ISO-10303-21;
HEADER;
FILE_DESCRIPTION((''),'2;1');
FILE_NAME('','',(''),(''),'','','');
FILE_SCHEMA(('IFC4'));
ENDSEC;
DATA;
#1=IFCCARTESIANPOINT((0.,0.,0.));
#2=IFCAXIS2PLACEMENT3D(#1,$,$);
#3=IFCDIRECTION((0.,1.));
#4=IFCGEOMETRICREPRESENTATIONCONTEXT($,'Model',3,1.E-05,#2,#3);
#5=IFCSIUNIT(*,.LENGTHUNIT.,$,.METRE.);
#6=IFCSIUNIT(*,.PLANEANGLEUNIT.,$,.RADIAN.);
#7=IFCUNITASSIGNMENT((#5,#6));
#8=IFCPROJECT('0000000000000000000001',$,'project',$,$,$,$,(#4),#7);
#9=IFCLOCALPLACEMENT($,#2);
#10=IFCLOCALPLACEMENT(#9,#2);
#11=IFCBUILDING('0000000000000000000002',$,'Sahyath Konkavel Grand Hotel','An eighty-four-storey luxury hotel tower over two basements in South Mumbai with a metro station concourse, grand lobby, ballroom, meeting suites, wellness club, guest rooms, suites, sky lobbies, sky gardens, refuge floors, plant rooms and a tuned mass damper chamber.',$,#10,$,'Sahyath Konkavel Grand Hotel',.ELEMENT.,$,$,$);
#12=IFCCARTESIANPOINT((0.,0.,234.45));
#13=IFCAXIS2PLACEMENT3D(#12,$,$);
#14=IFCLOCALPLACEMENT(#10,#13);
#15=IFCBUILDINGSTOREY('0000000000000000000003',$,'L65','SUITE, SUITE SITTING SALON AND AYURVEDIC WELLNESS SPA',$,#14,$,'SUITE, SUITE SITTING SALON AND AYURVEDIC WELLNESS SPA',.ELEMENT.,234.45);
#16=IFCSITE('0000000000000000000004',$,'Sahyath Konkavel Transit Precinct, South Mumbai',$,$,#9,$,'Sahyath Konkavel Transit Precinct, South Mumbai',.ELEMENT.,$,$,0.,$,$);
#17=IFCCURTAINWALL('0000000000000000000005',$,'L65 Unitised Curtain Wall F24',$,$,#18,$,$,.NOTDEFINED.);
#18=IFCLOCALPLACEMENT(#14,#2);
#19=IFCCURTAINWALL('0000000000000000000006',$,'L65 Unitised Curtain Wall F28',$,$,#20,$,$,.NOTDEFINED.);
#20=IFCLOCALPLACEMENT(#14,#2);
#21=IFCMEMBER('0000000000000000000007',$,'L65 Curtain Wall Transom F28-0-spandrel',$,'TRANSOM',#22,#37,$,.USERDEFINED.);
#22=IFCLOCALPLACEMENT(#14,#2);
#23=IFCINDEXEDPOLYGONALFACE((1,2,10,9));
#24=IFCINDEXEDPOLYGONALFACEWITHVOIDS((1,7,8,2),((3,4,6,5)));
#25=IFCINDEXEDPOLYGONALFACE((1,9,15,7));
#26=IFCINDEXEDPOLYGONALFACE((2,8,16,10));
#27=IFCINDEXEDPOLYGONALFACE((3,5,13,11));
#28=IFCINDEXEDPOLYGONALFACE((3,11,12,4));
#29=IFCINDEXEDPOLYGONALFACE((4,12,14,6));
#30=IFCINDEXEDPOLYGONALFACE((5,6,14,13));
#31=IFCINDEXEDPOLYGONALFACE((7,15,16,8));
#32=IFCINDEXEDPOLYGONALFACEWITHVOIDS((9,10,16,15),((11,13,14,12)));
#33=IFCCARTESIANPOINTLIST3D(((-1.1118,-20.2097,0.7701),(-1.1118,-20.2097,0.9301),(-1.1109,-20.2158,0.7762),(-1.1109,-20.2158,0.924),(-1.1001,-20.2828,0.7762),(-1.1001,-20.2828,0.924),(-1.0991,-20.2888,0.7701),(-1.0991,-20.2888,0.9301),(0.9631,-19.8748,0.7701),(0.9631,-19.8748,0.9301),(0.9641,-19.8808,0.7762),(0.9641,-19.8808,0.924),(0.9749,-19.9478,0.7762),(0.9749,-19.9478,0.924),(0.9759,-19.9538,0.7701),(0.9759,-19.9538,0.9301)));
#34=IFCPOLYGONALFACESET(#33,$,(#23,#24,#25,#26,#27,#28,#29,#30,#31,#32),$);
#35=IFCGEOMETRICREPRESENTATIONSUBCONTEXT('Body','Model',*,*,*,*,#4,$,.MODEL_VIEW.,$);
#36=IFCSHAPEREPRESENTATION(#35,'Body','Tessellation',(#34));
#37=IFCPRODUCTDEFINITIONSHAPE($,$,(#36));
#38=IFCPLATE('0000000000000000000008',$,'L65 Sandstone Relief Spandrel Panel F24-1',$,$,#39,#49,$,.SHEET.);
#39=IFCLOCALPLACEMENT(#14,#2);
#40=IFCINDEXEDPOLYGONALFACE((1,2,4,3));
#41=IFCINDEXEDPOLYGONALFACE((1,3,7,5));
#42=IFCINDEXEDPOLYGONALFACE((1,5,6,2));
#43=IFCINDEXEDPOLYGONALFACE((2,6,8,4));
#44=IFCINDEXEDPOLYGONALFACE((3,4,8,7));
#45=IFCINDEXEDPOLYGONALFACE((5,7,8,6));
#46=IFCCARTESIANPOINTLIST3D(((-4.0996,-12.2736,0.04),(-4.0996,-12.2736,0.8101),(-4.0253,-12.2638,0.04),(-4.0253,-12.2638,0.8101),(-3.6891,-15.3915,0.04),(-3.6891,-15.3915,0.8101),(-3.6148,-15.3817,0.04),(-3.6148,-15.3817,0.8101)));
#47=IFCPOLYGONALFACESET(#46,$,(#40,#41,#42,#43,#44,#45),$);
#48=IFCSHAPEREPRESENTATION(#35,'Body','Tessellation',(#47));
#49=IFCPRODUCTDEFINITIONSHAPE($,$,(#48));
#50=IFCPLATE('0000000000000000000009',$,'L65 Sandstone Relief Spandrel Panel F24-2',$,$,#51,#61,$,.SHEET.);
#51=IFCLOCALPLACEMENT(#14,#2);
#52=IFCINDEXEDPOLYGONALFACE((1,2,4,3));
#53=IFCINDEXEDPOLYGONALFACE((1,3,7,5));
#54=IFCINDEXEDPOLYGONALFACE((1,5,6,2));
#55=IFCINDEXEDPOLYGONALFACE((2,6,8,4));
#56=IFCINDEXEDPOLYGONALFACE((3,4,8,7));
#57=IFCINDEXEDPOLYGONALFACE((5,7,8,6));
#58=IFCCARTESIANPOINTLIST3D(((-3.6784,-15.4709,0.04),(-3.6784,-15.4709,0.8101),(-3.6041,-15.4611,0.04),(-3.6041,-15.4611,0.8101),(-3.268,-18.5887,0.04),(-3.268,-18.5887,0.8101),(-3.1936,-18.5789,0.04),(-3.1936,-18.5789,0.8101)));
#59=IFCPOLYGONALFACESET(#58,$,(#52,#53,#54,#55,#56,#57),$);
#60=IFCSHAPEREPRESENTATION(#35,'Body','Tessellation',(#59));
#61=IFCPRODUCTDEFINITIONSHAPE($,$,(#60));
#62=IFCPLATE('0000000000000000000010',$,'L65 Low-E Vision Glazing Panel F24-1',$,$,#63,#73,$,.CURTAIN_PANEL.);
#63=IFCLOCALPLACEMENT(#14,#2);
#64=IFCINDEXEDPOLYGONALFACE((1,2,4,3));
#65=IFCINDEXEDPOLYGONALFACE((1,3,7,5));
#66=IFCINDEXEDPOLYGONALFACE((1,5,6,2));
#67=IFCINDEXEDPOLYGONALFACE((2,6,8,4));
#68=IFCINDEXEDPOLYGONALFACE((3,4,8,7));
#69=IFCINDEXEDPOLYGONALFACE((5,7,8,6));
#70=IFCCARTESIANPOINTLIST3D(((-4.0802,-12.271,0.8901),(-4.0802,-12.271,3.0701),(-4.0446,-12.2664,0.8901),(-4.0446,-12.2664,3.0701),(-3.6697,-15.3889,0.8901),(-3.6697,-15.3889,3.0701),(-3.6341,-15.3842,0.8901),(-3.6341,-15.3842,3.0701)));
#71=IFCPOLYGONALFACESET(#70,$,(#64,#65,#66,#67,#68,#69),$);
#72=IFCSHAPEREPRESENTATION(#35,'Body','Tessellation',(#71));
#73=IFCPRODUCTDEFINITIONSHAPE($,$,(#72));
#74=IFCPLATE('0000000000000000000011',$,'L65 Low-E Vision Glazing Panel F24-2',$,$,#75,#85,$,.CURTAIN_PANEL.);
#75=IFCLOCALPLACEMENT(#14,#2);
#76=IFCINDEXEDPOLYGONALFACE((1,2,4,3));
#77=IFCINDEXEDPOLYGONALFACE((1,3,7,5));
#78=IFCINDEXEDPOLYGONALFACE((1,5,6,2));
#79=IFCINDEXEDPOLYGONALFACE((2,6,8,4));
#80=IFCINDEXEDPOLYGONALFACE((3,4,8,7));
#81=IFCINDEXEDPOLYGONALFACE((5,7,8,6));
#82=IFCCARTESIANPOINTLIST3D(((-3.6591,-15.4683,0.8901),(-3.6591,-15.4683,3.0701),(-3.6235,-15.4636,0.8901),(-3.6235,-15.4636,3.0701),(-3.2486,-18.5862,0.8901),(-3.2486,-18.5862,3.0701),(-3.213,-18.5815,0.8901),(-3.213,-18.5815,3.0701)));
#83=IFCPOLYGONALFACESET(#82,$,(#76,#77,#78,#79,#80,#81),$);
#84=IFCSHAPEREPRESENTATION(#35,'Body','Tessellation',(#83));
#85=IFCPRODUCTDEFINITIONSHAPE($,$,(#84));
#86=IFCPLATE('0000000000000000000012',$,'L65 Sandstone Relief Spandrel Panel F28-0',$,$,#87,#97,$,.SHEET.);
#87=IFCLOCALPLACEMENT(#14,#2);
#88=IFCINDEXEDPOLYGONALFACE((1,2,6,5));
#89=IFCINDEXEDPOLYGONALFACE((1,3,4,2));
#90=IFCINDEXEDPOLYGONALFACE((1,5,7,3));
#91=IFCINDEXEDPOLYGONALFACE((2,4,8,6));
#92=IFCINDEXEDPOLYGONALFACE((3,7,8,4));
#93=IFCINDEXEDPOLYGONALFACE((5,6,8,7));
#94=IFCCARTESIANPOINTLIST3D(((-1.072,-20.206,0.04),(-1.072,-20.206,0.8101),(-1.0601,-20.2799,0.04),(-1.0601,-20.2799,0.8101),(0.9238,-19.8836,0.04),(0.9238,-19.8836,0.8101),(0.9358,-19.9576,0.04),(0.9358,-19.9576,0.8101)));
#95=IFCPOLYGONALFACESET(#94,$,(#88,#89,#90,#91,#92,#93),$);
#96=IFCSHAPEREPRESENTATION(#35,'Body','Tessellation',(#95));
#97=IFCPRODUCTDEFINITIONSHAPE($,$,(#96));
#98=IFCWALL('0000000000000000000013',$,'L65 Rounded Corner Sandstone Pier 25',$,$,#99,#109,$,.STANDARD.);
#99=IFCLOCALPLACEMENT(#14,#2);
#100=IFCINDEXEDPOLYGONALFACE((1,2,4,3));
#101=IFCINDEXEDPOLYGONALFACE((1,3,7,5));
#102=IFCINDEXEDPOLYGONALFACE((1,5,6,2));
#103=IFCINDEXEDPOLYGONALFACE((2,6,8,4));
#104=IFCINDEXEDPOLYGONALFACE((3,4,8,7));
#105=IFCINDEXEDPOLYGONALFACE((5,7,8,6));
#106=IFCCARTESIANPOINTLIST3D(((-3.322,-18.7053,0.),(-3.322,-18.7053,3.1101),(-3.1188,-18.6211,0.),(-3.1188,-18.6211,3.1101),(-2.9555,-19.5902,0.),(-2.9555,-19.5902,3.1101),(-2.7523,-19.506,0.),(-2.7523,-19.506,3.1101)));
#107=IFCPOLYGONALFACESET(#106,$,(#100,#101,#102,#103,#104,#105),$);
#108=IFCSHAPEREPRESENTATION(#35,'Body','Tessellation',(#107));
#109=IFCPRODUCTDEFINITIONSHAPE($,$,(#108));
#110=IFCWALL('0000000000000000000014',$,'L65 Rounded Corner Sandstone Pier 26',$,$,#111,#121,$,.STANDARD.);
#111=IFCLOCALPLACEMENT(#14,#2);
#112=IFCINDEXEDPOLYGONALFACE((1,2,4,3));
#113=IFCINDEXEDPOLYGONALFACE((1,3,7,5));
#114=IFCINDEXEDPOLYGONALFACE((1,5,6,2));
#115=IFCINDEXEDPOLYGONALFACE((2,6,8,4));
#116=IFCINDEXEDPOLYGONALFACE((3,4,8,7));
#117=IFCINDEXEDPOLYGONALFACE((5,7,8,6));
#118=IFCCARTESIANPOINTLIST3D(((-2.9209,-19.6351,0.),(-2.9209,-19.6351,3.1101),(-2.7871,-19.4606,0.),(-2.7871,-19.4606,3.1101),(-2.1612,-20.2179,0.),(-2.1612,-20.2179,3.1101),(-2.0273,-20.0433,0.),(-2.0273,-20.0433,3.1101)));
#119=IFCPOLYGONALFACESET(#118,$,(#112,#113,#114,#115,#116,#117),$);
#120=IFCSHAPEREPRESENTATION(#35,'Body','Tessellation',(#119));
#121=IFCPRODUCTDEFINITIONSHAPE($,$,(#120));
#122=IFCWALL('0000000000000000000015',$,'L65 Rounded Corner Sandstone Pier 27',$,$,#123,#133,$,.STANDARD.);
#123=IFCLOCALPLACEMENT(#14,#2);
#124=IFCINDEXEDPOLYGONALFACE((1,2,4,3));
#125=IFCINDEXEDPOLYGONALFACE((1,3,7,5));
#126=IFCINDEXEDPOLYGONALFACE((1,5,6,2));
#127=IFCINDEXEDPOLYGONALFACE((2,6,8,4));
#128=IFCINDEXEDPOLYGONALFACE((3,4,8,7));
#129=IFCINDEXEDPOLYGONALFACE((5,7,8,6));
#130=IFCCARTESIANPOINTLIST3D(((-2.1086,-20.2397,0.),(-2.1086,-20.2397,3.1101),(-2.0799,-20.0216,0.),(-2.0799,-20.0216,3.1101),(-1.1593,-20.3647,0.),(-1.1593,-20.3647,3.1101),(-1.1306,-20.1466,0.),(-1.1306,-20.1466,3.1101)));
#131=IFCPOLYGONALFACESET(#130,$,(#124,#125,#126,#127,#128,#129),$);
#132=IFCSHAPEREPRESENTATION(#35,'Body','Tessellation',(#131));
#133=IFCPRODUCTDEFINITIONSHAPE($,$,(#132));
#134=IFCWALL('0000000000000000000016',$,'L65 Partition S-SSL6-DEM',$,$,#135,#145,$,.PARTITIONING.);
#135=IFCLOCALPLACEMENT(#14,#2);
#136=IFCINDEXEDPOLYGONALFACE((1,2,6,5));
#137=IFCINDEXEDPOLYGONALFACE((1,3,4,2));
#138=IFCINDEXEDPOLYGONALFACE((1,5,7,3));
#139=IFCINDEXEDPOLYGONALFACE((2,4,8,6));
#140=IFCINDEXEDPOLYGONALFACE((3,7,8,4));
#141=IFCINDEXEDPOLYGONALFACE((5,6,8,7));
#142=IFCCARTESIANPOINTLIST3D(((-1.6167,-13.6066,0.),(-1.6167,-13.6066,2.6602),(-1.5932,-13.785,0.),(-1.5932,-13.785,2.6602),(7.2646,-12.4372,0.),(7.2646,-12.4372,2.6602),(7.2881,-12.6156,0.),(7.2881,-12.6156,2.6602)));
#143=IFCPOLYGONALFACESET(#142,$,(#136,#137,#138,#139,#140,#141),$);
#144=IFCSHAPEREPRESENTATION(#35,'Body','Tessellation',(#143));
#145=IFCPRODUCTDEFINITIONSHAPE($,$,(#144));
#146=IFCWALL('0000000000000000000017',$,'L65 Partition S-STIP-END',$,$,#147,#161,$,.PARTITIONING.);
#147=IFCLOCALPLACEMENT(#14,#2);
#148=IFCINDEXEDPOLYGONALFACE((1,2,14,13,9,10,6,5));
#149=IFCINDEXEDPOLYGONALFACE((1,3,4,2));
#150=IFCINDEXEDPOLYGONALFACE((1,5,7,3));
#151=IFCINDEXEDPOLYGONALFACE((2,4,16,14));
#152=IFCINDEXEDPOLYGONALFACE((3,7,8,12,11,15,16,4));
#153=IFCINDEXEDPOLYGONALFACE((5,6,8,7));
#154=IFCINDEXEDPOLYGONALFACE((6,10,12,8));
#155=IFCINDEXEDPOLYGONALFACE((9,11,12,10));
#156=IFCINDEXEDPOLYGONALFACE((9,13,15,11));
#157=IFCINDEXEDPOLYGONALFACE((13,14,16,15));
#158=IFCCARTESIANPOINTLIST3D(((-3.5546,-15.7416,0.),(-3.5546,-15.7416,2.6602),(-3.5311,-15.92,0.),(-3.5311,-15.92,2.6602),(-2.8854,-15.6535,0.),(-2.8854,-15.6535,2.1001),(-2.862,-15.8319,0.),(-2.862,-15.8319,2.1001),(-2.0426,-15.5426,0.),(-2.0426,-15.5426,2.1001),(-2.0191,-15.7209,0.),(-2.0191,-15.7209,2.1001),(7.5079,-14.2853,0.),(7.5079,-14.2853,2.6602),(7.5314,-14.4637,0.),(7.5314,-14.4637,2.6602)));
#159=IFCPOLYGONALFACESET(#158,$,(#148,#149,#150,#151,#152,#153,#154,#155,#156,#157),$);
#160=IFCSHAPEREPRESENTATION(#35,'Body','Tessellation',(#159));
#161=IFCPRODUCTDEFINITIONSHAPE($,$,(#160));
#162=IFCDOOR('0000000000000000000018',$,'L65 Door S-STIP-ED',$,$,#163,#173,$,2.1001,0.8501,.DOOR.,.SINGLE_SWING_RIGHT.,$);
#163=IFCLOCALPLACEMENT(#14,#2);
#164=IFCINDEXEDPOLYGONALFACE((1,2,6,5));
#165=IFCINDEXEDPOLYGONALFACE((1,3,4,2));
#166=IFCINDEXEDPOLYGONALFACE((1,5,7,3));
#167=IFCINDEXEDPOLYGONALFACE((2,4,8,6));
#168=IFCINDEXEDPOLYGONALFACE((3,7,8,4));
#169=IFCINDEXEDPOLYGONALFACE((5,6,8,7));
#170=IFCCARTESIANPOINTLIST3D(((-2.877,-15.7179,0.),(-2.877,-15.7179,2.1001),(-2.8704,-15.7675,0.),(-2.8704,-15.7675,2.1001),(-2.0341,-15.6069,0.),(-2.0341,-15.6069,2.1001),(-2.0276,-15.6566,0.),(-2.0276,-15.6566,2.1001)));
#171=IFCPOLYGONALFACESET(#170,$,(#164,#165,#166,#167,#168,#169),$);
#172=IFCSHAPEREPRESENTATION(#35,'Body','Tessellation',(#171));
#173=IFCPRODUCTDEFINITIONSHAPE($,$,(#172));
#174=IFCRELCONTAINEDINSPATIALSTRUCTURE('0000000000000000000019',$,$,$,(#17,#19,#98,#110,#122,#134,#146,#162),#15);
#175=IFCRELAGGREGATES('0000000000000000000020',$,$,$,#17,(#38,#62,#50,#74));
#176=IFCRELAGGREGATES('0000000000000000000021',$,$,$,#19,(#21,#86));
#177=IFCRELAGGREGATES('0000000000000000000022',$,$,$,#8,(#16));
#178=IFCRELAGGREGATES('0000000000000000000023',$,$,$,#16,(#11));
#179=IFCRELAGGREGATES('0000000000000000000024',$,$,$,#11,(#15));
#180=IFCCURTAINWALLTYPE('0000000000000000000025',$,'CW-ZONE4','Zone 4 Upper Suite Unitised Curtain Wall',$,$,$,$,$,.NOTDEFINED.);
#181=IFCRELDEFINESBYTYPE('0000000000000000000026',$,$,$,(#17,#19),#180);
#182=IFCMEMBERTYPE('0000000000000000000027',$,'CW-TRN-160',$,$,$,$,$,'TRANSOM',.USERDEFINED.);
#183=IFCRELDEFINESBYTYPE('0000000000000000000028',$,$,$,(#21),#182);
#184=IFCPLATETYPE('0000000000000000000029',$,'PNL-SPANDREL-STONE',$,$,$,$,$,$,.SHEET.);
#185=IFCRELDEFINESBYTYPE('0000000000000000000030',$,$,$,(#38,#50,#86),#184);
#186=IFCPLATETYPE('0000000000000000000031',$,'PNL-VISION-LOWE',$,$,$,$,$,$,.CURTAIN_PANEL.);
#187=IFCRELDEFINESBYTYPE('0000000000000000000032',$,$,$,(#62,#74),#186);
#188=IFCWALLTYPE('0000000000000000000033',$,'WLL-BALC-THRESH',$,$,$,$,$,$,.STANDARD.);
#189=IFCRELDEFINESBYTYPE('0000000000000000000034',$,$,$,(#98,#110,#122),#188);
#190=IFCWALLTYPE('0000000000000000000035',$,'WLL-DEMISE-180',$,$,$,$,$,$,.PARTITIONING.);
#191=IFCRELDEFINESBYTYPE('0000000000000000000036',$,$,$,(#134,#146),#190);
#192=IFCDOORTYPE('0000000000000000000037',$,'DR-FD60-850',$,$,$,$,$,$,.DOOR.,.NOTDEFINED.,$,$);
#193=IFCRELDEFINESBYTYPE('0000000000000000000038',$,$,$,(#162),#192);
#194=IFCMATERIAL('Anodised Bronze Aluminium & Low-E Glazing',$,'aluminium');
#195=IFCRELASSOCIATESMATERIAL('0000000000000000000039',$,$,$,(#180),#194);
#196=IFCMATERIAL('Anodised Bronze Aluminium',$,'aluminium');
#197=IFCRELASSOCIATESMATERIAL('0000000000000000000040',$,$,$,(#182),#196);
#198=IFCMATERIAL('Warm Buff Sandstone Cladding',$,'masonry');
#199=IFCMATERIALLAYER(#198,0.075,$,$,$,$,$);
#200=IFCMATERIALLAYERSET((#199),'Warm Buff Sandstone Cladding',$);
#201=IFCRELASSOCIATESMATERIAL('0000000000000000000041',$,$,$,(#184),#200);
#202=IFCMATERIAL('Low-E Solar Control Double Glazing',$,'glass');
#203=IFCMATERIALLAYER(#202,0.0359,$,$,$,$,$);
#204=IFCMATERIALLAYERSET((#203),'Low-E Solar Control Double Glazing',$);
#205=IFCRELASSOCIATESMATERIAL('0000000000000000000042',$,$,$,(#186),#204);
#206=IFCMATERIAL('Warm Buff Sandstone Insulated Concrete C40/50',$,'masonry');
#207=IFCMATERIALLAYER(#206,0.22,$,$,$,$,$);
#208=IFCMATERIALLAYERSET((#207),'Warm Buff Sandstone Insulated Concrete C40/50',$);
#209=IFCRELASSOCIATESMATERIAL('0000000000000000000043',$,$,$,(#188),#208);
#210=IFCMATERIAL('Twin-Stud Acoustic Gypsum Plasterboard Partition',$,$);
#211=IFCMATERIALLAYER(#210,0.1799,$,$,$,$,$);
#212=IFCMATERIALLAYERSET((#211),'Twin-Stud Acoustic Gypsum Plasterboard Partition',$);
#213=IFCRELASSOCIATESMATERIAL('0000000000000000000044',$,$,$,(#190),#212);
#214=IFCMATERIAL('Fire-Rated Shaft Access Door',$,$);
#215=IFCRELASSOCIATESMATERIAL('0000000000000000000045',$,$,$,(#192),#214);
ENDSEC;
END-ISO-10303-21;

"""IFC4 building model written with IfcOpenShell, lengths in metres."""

from ifc_helpers import new_model, si_unit, direction, frame, frame_2d, origin, origin_2d, place, context, subcontext, project, spatial, rectangle, hollow_rectangle, extrude, source, transform, mapped, material, layer, layer_set, material_profile, profile_set, type_object, element, fill, aggregate, save


model = new_model("IFC4")

# Units and contexts
model_context = context("Model", 3, precision=1e-05, world=origin(), true_north=direction((0.0, 1.0)))
body_context = subcontext(model_context, "Body", "Model", "MODEL_VIEW")
ifc_project = project(units=[si_unit("LENGTHUNIT", "METRE"), si_unit("PLANEANGLEUNIT", "RADIAN")], contexts=[model_context])

# Site, building, storey
site_placement = place(None, origin())
site = spatial("IfcSite", under=ifc_project, at=site_placement, Name="Sahyath Konkavel Transit Precinct, South Mumbai", LongName="Sahyath Konkavel Transit Precinct, South Mumbai", CompositionType="ELEMENT", RefElevation=0.0)
building_placement = place(site_placement, origin())
building = spatial("IfcBuilding", under=site, at=building_placement, Name="Sahyath Konkavel Grand Hotel", Description="An eighty-four-storey luxury hotel tower over two basements in South Mumbai with a metro station concourse, grand lobby, ballroom, meeting suites, wellness club, guest rooms, suites, sky lobbies, sky gardens, refuge floors, plant rooms and a tuned mass damper chamber.", LongName="Sahyath Konkavel Grand Hotel", CompositionType="ELEMENT")
storey_placement = place(building_placement, frame((0.0, 0.0, 234.45)))
storey = spatial("IfcBuildingStorey", under=building, at=storey_placement, Name="L65", Description="SUITE, SUITE SITTING SALON AND AYURVEDIC WELLNESS SPA", LongName="SUITE, SUITE SITTING SALON AND AYURVEDIC WELLNESS SPA", CompositionType="ELEMENT", Elevation=234.45)

# Curtain wall
ifc_material_1 = material(Name="Anodised Bronze Aluminium & Low-E Glazing", Category="aluminium")
curtain_wall_type = type_object("IfcCurtainWallType", Name="CW-ZONE4", Description="Zone 4 Upper Suite Unitised Curtain Wall", PredefinedType="NOTDEFINED", material=ifc_material_1)
curtain_wall_1_placement = place(storey_placement, origin())
curtain_wall_1 = element("IfcCurtainWall", 1, at=curtain_wall_1_placement, inside=storey, type_object=curtain_wall_type, Name="L65 Unitised Curtain Wall F24", PredefinedType="NOTDEFINED")
ifc_material_2 = material(Name="Anodised Bronze Aluminium", Category="aluminium")

# Curtain wall
curtain_wall_2_placement = place(storey_placement, origin())
curtain_wall_2 = element("IfcCurtainWall", 2, at=curtain_wall_2_placement, inside=storey, type_object=curtain_wall_type, Name="L65 Unitised Curtain Wall F28", PredefinedType="NOTDEFINED")

# Member
ifc_material_profile_1 = material_profile(ifc_material_2, hollow_rectangle(XDim=0.0801, YDim=0.1599, WallThickness=0.0061, at=origin_2d()), Name="RHS 160x80x6")
ifc_profile_set_1 = profile_set([ifc_material_profile_1], Name="Anodised Bronze Aluminium")
member_type_1 = type_object("IfcMemberType", Name="CW-TRN-160", ElementType="TRANSOM", PredefinedType="USERDEFINED", material=ifc_profile_set_1)
shared_shape_1 = source(origin(), body_context, "Body", "SweptSolid", [
    extrude(hollow_rectangle(XDim=0.0801, YDim=0.1599, WallThickness=0.0061, at=origin_2d()), origin(), (0.0, 0.0, 1.0), 2.1018),
])
member_1_placement = place(storey_placement, frame((-1.1055, -20.2493, 0.8501), z_axis=(0.987219, 0.159368, 0.0), x_axis=(-0.159368, 0.987219, 0.0)))
member_1 = element("IfcMember", 3, at=member_1_placement, type_object=member_type_1, Name="L65 Curtain Wall Transom F28-0-spandrel", ObjectType="TRANSOM", PredefinedType="USERDEFINED", context=body_context, shape_type="MappedRepresentation", body=[
    mapped(shared_shape_1, transform((0.0, 0.0, 0.0), scale=1.0)),
])

# Plates
ifc_material_3 = material(Name="Warm Buff Sandstone Cladding", Category="masonry")
ifc_layer_1 = layer(ifc_material_3, 0.075)
ifc_layer_set_1 = layer_set([ifc_layer_1], Name="Warm Buff Sandstone Cladding")
plate_type_1 = type_object("IfcPlateType", Name="PNL-SPANDREL-STONE", PredefinedType="SHEET", material=ifc_layer_set_1)
shared_shape_2 = source(origin(), body_context, "Body", "SweptSolid", [
    extrude(rectangle(XDim=3.1448, YDim=0.075, at=origin_2d()), origin(), (0.0, 0.0, 1.0), 0.77),
])
plate_1_placement = place(storey_placement, frame((-3.8572, -13.8276, 0.04), z_axis=(0.0, 0.0, 1.0), x_axis=(0.130526, -0.991445, 0.0)))
plate_1 = element("IfcPlate", 4, at=plate_1_placement, type_object=plate_type_1, Name="L65 Sandstone Relief Spandrel Panel F24-1", PredefinedType="SHEET", context=body_context, shape_type="MappedRepresentation", body=[
    mapped(shared_shape_2, transform((0.0, 0.0, 0.0), scale=1.0)),
])
plate_2_placement = place(storey_placement, frame((-3.436, -17.0249, 0.04), z_axis=(0.0, 0.0, 1.0), x_axis=(0.130526, -0.991445, 0.0)))
plate_2 = element("IfcPlate", 5, at=plate_2_placement, type_object=plate_type_1, Name="L65 Sandstone Relief Spandrel Panel F24-2", PredefinedType="SHEET", context=body_context, shape_type="MappedRepresentation", body=[
    mapped(shared_shape_2, transform((0.0, 0.0, 0.0), scale=1.0)),
])
ifc_material_4 = material(Name="Low-E Solar Control Double Glazing", Category="glass")
ifc_layer_2 = layer(ifc_material_4, 0.0359)
ifc_layer_set_2 = layer_set([ifc_layer_2], Name="Low-E Solar Control Double Glazing")
plate_type_2 = type_object("IfcPlateType", Name="PNL-VISION-LOWE", PredefinedType="CURTAIN_PANEL", material=ifc_layer_set_2)
shared_shape_3 = source(origin(), body_context, "Body", "SweptSolid", [
    extrude(rectangle(XDim=3.1448, YDim=0.0359, at=origin_2d()), origin(), (0.0, 0.0, 1.0), 2.1799),
])
plate_3_placement = place(storey_placement, frame((-3.8572, -13.8276, 0.8901), z_axis=(0.0, 0.0, 1.0), x_axis=(0.130526, -0.991445, 0.0)))
plate_3 = element("IfcPlate", 6, at=plate_3_placement, type_object=plate_type_2, Name="L65 Low-E Vision Glazing Panel F24-1", PredefinedType="CURTAIN_PANEL", context=body_context, shape_type="MappedRepresentation", body=[
    mapped(shared_shape_3, transform((0.0, 0.0, 0.0), scale=1.0)),
])
plate_4_placement = place(storey_placement, frame((-3.436, -17.0249, 0.8901), z_axis=(0.0, 0.0, 1.0), x_axis=(0.130526, -0.991445, 0.0)))
plate_4 = element("IfcPlate", 7, at=plate_4_placement, type_object=plate_type_2, Name="L65 Low-E Vision Glazing Panel F24-2", PredefinedType="CURTAIN_PANEL", context=body_context, shape_type="MappedRepresentation", body=[
    mapped(shared_shape_3, transform((0.0, 0.0, 0.0), scale=1.0)),
])
aggregate(curtain_wall_1, [plate_1, plate_3, plate_2, plate_4])
shared_shape_4 = source(origin(), body_context, "Body", "SweptSolid", [
    extrude(rectangle(XDim=2.0217, YDim=0.075, at=origin_2d()), origin(), (0.0, 0.0, 1.0), 0.77),
])
plate_5_placement = place(storey_placement, frame((-0.0681, -20.0818, 0.04), z_axis=(0.0, 0.0, 1.0), x_axis=(0.987209, 0.159433, 0.0)))
plate_5 = element("IfcPlate", 8, at=plate_5_placement, type_object=plate_type_1, Name="L65 Sandstone Relief Spandrel Panel F28-0", PredefinedType="SHEET", context=body_context, shape_type="MappedRepresentation", body=[
    mapped(shared_shape_4, transform((0.0, 0.0, 0.0), scale=1.0)),
])
aggregate(curtain_wall_2, [member_1, plate_5])

# Walls
ifc_material_5 = material(Name="Warm Buff Sandstone Insulated Concrete C40/50", Category="masonry")
ifc_layer_3 = layer(ifc_material_5, 0.22)
ifc_layer_set_3 = layer_set([ifc_layer_3], Name="Warm Buff Sandstone Insulated Concrete C40/50")
wall_type_1 = type_object("IfcWallType", Name="WLL-BALC-THRESH", PredefinedType="STANDARD", material=ifc_layer_set_3)
wall_1_placement = place(storey_placement, frame((-3.2205, -18.6631, 0.0), z_axis=(0.0, 0.0, 1.0), x_axis=(0.38266, -0.923889, 0.0)))
element("IfcWall", 9, at=wall_1_placement, inside=storey, type_object=wall_type_1, Name="L65 Rounded Corner Sandstone Pier 25", PredefinedType="STANDARD", context=body_context, shape_type="SweptSolid", body=[
    extrude(rectangle(XDim=0.9578, YDim=0.22, at=frame_2d((0.479, 0.0))), origin(), (0.0, 0.0, 1.0), 3.1101),
])
for number, where, z_axis, x_axis, name in (
    (10, (-2.854, -19.5479, 0.0), (0.0, 0.0, 1.0), (0.793467, -0.608614, 0.0), "L65 Rounded Corner Sandstone Pier 26"),
    (11, (-2.0942, -20.1306, 0.0), (0.0, 0.0, 1.0), (0.99144, -0.13056, 0.0), "L65 Rounded Corner Sandstone Pier 27"),
):
    element("IfcWall", number, at=place(storey_placement, frame(where, z_axis=z_axis, x_axis=x_axis)), inside=storey, type_object=wall_type_1, Name=name, PredefinedType="STANDARD", context=body_context, shape_type="SweptSolid", body=[
        extrude(rectangle(XDim=0.9575, YDim=0.22, at=frame_2d((0.4788, 0.0))), origin(), (0.0, 0.0, 1.0), 3.1101),
    ])
ifc_material_6 = material(Name="Twin-Stud Acoustic Gypsum Plasterboard Partition")
ifc_layer_4 = layer(ifc_material_6, 0.1799)
ifc_layer_set_4 = layer_set([ifc_layer_4], Name="Twin-Stud Acoustic Gypsum Plasterboard Partition")
wall_type_2 = type_object("IfcWallType", Name="WLL-DEMISE-180", PredefinedType="PARTITIONING", material=ifc_layer_set_4)
wall_2_placement = place(storey_placement, frame((-1.605, -13.6958, 0.0), z_axis=(0.0, 0.0, 1.0), x_axis=(0.991442, 0.130546, 0.0)))
element("IfcWall", 12, at=wall_2_placement, inside=storey, type_object=wall_type_2, Name="L65 Partition S-SSL6-DEM", PredefinedType="PARTITIONING", context=body_context, shape_type="SweptSolid", body=[
    extrude(rectangle(XDim=8.958, YDim=0.1799, at=frame_2d((4.479, 0.0))), origin(), (0.0, 0.0, 1.0), 2.6602),
])

# Wall, opening, door
wall_3_placement = place(storey_placement, frame((-3.543, -15.8308, 0.0), z_axis=(0.0, 0.0, 1.0), x_axis=(0.991446, 0.130517, 0.0)))
wall_3 = element("IfcWall", 13, at=wall_3_placement, inside=storey, type_object=wall_type_2, Name="L65 Partition S-STIP-END", PredefinedType="PARTITIONING", context=body_context, shape_type="SweptSolid", body=[
    extrude(rectangle(XDim=11.158, YDim=0.1799, at=frame_2d((5.5791, 0.0))), origin(), (0.0, 0.0, 1.0), 2.6602),
])
opening_placement = place(wall_3_placement, frame((0.675, 0.0, 0.0)))
opening = element("IfcOpeningElement", 14, at=opening_placement, cuts=wall_3, PredefinedType="OPENING", context=body_context, shape_type="SweptSolid", body=[
    extrude(rectangle(XDim=0.8501, YDim=2.1001, at=frame_2d((0.425, 1.05))), frame((0.0, 0.1001, 0.0), z_axis=(0.0, -1.0, 0.0), x_axis=(1.0, 0.0, 0.0)), (0.0, 0.0, 1.0), 0.2),
])
ifc_material_7 = material(Name="Fire-Rated Shaft Access Door")
door_type = type_object("IfcDoorType", Name="DR-FD60-850", OperationType="NOTDEFINED", PredefinedType="DOOR", material=ifc_material_7)
shared_shape_5 = source(origin(), body_context, "Body", "SweptSolid", [
    extrude(rectangle(XDim=0.8501, YDim=0.05, at=origin_2d()), origin(), (0.0, 0.0, 1.0), 2.1001),
])
door_placement = place(opening_placement, frame((0.425, 0.0, 0.0)))
door = element("IfcDoor", 15, at=door_placement, inside=storey, type_object=door_type, Name="L65 Door S-STIP-ED", OperationType="SINGLE_SWING_RIGHT", OverallHeight=2.1001, OverallWidth=0.8501, PredefinedType="DOOR", context=body_context, shape_type="MappedRepresentation", body=[
    mapped(shared_shape_5, transform((0.0, 0.0, 0.0), scale=1.0)),
])
fill(opening, door)

save(model, "model.ifc")
